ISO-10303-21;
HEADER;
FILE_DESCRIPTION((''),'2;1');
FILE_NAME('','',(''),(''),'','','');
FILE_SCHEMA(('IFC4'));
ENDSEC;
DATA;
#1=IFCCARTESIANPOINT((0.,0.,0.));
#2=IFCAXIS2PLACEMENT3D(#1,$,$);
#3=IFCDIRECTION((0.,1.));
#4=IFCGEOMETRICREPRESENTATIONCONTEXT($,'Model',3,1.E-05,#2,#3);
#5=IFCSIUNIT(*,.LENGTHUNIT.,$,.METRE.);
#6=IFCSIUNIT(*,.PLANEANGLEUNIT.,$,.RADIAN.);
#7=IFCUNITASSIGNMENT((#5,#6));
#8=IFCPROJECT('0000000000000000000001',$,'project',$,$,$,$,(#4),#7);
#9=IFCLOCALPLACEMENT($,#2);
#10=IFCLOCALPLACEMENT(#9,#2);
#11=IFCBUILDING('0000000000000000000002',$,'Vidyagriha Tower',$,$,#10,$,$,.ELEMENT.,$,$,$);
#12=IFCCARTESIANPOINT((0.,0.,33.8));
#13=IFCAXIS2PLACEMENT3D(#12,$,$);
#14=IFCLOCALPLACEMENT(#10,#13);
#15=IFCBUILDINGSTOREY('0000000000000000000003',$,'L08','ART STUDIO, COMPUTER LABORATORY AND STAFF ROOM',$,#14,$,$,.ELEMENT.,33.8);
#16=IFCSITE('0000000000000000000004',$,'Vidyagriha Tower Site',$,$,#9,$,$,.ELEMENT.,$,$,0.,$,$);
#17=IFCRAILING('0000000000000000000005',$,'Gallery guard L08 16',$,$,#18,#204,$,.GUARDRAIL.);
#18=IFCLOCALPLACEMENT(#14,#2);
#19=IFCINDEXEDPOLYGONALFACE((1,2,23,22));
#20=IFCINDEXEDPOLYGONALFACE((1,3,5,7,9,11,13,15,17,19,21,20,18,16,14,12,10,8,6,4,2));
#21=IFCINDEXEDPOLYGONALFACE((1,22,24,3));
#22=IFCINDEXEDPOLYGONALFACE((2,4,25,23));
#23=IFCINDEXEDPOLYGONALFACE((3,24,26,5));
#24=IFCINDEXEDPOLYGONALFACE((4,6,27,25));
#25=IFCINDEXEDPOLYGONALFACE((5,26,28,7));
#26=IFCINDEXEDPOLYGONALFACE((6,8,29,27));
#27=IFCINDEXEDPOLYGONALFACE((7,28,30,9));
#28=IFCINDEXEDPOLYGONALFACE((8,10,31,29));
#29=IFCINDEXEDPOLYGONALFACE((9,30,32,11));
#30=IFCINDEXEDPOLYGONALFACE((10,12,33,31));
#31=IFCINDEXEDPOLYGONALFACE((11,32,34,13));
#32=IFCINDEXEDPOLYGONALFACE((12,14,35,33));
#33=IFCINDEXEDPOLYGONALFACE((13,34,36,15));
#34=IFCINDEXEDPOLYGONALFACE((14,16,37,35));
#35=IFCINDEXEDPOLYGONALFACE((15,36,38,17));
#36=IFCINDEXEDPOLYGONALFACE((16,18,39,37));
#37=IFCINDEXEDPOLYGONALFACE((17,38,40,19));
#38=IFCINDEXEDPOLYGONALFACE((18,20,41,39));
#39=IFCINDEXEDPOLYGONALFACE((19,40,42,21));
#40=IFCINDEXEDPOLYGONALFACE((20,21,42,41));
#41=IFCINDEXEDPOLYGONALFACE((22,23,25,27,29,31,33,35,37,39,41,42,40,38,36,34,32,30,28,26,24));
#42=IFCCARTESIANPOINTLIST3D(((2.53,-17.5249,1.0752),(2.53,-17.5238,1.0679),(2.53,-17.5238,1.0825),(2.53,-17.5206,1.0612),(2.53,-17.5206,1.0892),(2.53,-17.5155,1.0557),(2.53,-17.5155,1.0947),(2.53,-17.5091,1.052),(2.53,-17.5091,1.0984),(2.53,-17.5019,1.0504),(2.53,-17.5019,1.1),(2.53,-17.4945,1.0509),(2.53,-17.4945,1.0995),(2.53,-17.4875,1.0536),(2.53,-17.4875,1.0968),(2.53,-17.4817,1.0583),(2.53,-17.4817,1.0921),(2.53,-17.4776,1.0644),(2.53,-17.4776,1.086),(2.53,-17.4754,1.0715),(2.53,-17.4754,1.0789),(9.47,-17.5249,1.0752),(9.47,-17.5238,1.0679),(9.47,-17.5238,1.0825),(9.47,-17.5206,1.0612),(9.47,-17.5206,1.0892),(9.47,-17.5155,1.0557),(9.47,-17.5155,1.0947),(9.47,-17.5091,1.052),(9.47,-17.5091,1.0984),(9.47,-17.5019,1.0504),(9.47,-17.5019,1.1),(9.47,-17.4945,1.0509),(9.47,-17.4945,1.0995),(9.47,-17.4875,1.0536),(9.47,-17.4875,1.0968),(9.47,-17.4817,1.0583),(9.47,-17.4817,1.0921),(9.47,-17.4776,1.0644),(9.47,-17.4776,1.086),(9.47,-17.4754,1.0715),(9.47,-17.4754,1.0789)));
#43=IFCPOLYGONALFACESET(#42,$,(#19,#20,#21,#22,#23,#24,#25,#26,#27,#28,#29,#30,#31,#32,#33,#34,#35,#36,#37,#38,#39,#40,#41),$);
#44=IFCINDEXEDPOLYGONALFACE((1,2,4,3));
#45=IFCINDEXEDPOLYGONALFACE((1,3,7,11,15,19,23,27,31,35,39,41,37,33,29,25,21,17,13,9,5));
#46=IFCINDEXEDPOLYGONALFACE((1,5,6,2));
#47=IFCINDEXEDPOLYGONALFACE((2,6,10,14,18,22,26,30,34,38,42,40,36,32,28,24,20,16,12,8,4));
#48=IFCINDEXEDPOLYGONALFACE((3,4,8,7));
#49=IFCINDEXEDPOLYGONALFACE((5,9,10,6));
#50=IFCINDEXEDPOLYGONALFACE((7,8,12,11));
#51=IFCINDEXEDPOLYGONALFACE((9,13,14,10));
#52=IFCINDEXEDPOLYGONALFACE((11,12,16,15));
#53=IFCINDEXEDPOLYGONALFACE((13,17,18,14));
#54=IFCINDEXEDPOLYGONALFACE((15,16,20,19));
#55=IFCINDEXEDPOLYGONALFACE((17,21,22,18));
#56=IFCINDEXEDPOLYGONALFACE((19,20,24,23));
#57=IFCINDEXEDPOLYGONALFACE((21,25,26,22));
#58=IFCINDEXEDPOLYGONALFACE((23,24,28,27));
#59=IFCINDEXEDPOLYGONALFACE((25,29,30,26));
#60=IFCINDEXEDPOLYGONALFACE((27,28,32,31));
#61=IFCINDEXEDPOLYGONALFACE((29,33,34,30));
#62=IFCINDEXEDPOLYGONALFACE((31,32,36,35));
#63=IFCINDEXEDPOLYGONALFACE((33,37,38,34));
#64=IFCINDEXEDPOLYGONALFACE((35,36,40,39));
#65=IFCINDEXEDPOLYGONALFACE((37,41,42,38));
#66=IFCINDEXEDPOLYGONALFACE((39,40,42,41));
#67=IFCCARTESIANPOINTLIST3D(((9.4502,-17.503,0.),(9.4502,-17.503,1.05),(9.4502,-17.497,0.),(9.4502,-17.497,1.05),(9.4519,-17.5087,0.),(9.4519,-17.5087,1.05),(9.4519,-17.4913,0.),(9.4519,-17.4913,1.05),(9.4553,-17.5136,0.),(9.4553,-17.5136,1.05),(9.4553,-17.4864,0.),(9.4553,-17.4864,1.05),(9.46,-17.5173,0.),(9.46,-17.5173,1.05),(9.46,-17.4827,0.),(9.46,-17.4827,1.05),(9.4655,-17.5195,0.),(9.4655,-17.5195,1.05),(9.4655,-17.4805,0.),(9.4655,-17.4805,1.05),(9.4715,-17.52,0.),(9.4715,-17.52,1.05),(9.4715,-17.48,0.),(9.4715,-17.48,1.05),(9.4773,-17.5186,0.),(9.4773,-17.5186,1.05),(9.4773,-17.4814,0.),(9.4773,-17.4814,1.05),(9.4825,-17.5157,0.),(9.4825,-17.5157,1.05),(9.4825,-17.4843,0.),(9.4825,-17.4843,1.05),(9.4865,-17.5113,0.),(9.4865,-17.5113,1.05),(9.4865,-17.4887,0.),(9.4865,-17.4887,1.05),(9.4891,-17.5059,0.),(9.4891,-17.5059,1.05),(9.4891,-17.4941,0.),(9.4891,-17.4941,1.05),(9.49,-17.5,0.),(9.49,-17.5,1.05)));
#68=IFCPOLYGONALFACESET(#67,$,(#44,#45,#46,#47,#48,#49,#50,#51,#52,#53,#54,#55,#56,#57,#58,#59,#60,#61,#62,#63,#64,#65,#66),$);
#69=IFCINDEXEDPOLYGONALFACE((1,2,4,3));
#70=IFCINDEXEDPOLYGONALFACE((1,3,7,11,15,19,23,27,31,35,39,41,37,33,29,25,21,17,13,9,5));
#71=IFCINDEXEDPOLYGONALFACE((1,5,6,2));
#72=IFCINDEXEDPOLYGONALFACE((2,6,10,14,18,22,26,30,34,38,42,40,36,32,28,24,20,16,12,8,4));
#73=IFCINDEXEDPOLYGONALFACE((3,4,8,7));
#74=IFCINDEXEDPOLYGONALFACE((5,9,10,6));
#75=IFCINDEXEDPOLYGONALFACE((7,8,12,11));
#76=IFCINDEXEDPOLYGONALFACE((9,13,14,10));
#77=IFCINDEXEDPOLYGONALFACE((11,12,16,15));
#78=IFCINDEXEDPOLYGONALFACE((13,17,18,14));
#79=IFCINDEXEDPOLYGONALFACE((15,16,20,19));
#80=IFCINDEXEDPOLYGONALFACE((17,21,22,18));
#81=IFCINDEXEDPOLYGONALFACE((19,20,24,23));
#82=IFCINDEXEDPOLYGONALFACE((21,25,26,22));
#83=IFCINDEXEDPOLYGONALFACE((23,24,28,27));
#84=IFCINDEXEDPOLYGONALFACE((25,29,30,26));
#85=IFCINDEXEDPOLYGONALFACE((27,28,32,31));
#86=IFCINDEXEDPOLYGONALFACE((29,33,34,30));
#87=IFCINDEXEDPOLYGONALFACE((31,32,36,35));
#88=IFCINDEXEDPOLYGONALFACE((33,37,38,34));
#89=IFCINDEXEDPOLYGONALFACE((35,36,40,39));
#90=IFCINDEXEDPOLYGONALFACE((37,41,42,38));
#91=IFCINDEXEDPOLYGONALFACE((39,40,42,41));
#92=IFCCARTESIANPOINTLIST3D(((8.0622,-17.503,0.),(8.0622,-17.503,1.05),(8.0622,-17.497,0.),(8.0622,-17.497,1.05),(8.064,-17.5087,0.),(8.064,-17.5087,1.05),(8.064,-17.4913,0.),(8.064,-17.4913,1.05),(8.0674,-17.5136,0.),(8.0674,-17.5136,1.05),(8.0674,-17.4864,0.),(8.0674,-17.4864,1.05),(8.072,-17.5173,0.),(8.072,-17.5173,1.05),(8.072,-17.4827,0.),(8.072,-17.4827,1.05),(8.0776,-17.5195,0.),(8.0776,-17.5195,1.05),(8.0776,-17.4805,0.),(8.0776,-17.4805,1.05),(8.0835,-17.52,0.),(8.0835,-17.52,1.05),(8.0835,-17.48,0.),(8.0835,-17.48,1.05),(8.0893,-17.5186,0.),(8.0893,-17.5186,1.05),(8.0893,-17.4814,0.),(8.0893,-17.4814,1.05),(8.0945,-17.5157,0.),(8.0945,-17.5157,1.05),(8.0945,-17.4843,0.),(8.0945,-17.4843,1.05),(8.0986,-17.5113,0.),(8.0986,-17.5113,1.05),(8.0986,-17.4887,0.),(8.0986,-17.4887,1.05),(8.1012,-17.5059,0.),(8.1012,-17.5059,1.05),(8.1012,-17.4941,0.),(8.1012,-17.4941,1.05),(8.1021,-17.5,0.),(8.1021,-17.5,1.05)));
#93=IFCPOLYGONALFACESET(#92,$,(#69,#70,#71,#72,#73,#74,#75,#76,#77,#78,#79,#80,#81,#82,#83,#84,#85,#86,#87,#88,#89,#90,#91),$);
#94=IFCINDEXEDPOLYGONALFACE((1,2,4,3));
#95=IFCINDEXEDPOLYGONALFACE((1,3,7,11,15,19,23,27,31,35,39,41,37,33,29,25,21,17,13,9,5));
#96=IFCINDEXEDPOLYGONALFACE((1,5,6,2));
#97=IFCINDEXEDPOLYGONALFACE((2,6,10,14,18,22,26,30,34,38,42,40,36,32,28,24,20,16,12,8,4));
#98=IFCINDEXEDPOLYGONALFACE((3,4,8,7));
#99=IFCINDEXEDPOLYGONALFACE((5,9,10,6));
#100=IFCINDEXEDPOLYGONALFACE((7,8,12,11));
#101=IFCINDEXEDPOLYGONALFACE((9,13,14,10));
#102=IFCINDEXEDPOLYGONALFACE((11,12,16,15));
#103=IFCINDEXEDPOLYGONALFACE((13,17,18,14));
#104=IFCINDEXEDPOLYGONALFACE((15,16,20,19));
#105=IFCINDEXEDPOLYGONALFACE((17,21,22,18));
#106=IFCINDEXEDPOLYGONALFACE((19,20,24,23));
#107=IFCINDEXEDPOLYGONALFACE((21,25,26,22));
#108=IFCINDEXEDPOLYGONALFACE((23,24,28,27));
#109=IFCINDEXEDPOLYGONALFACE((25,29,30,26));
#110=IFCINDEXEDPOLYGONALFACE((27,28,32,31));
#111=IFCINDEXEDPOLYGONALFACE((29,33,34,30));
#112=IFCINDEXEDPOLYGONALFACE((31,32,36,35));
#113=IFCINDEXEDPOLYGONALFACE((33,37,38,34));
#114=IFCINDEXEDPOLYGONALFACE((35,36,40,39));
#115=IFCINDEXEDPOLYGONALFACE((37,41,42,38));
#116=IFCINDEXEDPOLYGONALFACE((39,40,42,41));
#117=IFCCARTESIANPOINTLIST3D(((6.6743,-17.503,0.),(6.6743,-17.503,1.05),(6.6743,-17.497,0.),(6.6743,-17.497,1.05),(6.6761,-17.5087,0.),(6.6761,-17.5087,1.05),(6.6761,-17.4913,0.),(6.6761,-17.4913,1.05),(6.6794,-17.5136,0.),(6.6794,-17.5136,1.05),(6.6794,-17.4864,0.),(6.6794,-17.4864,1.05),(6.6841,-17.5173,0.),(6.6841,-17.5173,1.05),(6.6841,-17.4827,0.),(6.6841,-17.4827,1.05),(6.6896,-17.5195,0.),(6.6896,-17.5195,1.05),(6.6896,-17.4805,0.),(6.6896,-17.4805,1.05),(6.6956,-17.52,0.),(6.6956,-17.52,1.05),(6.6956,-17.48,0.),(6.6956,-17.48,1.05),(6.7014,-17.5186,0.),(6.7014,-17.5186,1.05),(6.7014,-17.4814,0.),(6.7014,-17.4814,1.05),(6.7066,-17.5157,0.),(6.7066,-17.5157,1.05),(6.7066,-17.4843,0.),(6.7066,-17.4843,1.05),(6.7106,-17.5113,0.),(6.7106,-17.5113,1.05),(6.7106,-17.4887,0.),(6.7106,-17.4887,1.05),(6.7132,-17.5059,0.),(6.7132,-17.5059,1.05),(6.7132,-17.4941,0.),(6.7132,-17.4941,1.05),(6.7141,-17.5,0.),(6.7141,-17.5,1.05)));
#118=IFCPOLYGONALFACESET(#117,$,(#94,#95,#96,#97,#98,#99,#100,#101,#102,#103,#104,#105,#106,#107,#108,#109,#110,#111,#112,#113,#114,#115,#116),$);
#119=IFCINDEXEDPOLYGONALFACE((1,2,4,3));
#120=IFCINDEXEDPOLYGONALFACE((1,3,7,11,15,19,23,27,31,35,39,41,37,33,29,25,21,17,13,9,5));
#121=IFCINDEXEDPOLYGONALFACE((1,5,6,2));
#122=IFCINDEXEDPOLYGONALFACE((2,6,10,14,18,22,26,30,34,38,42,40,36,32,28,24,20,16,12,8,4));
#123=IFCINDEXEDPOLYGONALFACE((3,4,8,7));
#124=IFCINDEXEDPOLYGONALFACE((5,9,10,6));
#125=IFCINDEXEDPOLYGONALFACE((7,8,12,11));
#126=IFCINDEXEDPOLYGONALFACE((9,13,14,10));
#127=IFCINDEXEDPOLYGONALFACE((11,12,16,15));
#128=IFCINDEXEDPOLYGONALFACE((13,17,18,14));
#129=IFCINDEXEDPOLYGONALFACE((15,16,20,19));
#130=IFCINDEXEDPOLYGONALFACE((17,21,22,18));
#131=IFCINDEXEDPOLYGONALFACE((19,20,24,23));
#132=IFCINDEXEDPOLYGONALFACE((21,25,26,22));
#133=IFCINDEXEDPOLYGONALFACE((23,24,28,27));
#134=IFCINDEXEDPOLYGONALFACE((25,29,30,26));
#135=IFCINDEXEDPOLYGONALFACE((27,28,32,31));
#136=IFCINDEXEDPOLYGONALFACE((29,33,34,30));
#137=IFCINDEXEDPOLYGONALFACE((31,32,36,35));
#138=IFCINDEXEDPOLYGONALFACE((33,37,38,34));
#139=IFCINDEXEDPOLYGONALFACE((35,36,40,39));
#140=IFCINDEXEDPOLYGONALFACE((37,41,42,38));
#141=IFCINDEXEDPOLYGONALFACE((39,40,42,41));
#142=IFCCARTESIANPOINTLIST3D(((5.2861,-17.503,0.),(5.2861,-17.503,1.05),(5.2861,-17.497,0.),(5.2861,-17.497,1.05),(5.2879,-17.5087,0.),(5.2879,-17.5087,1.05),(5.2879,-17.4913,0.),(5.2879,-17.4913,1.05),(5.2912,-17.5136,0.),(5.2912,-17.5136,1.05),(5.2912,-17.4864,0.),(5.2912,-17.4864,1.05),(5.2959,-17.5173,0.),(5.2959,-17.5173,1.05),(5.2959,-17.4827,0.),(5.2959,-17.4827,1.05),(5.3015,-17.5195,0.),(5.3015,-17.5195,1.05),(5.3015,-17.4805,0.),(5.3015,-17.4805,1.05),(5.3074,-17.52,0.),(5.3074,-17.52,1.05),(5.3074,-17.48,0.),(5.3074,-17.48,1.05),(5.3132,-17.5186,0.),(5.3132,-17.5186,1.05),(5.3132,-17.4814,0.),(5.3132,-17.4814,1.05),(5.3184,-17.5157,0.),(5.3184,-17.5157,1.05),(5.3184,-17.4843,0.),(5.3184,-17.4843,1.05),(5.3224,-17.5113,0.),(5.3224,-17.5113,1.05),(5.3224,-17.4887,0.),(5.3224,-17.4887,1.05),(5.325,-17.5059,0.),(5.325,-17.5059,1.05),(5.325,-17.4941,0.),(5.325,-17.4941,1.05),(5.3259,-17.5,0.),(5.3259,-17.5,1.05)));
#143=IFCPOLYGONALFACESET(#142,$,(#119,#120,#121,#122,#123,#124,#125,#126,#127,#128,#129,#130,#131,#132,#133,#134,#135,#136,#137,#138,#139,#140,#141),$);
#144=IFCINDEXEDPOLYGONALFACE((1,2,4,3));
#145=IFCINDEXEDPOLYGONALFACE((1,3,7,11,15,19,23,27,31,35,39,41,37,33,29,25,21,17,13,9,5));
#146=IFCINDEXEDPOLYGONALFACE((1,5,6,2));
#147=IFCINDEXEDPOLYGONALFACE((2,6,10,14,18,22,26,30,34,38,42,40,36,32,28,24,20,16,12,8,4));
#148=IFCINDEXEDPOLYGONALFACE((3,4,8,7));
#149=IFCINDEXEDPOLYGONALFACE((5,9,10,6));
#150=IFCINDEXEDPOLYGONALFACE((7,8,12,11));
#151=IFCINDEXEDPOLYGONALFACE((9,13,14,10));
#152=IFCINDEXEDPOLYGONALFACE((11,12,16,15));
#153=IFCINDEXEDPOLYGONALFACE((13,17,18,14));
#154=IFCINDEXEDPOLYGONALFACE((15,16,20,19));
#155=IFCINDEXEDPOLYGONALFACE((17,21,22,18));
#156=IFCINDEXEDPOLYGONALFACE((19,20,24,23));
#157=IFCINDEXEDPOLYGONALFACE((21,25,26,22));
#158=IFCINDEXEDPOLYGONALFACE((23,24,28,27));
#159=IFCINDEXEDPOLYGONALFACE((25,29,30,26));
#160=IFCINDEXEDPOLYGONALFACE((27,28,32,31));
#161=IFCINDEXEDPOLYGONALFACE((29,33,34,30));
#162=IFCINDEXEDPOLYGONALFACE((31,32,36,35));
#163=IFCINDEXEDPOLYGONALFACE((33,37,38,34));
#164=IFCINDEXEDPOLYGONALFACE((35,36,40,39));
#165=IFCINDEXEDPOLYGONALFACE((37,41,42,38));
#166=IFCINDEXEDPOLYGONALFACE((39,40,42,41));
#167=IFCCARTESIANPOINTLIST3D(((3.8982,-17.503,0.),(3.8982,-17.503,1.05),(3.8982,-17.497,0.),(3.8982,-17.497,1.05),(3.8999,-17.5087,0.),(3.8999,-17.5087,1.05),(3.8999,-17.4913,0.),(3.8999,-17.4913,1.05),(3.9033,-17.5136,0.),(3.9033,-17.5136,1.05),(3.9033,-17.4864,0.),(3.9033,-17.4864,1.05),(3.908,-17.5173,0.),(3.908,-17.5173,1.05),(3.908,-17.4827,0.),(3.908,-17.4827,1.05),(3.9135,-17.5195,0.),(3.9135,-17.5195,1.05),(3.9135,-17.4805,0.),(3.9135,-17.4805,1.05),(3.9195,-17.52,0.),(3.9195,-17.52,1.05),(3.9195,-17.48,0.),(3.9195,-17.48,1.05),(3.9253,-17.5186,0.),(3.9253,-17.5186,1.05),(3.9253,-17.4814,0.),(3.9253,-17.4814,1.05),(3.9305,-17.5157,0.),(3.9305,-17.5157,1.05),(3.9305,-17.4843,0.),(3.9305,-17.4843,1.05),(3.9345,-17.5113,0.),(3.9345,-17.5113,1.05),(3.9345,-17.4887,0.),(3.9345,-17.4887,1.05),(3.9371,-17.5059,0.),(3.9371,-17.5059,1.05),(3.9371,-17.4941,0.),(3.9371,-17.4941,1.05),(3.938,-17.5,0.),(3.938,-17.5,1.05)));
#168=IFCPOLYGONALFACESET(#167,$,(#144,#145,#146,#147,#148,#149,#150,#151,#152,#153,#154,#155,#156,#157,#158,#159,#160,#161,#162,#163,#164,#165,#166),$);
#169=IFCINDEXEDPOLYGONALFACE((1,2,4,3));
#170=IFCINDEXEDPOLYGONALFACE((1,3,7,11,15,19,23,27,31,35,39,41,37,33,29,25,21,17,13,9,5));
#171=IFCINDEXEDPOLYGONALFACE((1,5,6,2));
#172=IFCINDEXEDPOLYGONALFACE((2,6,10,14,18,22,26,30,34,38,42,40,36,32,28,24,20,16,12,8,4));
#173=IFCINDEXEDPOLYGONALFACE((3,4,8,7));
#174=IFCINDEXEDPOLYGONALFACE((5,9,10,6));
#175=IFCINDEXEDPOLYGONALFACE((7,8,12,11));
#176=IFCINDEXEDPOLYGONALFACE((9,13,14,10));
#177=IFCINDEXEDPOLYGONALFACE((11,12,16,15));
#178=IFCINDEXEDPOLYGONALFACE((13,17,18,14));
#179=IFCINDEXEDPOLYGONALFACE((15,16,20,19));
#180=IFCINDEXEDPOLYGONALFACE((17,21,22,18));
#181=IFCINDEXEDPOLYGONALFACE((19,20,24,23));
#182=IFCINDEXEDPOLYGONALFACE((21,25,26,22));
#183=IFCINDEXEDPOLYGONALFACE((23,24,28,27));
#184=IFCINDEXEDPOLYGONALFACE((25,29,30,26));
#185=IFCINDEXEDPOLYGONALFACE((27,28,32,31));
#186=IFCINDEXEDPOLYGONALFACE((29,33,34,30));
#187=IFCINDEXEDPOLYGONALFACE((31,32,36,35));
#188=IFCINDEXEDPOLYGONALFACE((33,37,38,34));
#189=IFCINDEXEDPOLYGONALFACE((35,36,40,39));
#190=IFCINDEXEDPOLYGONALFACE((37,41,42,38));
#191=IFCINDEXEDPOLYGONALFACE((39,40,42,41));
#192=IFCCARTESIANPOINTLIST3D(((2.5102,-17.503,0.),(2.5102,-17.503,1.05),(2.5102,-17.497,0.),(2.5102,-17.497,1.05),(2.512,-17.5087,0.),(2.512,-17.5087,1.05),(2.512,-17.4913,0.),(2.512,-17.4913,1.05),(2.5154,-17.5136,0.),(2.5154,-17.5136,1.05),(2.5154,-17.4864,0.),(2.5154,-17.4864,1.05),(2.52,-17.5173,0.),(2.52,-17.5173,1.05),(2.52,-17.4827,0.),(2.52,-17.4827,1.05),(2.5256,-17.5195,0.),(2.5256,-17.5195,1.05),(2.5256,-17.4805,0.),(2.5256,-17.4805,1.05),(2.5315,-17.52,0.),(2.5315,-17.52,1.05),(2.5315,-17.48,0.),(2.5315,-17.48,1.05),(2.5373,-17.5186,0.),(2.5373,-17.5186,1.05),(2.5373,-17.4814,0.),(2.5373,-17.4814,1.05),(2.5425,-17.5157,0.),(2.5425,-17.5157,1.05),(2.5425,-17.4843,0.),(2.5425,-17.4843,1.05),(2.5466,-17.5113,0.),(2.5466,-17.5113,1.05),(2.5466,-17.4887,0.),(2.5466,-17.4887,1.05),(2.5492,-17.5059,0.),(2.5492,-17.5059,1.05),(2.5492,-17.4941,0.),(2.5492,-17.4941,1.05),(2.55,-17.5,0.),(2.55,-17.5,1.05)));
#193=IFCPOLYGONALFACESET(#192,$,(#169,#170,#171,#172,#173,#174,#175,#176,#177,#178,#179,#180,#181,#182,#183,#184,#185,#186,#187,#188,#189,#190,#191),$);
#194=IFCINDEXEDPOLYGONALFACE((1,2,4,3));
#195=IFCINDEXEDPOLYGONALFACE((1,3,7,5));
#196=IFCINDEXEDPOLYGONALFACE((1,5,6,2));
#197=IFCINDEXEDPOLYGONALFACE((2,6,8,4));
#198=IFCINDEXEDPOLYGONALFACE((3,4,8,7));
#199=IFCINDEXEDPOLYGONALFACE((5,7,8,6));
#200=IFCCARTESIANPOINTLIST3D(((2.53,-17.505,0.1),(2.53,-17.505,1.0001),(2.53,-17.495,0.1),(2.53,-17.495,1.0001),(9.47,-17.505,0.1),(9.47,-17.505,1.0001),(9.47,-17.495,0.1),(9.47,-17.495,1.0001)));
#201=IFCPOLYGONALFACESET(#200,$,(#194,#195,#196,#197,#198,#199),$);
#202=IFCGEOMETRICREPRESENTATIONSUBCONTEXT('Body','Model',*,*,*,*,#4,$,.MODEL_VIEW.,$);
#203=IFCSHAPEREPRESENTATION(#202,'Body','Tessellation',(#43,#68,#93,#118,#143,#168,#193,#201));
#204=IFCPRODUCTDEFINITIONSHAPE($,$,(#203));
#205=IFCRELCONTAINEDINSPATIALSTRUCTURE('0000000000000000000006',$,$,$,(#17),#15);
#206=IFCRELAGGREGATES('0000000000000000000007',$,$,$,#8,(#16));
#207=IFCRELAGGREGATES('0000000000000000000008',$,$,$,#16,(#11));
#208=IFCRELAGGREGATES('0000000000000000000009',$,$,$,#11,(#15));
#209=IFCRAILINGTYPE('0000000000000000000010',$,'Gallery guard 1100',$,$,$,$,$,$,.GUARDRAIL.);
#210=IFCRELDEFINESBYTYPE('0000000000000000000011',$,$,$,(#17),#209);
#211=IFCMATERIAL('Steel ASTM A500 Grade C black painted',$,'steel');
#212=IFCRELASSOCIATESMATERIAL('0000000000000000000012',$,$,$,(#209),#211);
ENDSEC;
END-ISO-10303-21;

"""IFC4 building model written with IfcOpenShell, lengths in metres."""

from ifc_helpers import new_model, si_unit, direction, frame, origin, origin_2d, place, context, subcontext, project, spatial, rectangle, circle, extrude, material, type_object, element, save


model = new_model("IFC4")

# Units and contexts
model_context = context("Model", 3, precision=1e-05, world=origin(), true_north=direction((0.0, 1.0)))
body_context = subcontext(model_context, "Body", "Model", "MODEL_VIEW")
ifc_project = project(units=[si_unit("LENGTHUNIT", "METRE"), si_unit("PLANEANGLEUNIT", "RADIAN")], contexts=[model_context])

# Site, building, storey
site_placement = place(None, origin())
site = spatial("IfcSite", under=ifc_project, at=site_placement, Name="Vidyagriha Tower Site", CompositionType="ELEMENT", RefElevation=0.0)
building_placement = place(site_placement, origin())
building = spatial("IfcBuilding", under=site, at=building_placement, Name="Vidyagriha Tower", CompositionType="ELEMENT")
storey_placement = place(building_placement, frame((0.0, 0.0, 33.8)))
storey = spatial("IfcBuildingStorey", under=building, at=storey_placement, Name="L08", Description="ART STUDIO, COMPUTER LABORATORY AND STAFF ROOM", CompositionType="ELEMENT", Elevation=33.8)

# Railing
ifc_material_1 = material(Name="Steel ASTM A500 Grade C black painted", Category="steel")
railing_type = type_object("IfcRailingType", Name="Gallery guard 1100", PredefinedType="GUARDRAIL", material=ifc_material_1)
for number, where, name in (
    (1, (9.47, -17.5, 0.0), "Gallery guard L08 16"),
):
    element("IfcRailing", number, at=place(storey_placement, frame(where)), inside=storey, type_object=railing_type, Name=name, PredefinedType="GUARDRAIL", context=body_context, shape_type="SweptSolid", body=[
        extrude(circle(Radius=0.0249, at=origin_2d()), frame((0.0, 0.0, 1.0752), z_axis=(-1.0, 0.0, 0.0), x_axis=(0.0, -1.0, 0.0)), (0.0, 0.0, 1.0), 6.9399),
        extrude(circle(Radius=0.02, at=origin_2d()), origin(), (0.0, 0.0, 1.0), 1.05),
        extrude(circle(Radius=0.02, at=origin_2d()), frame((-1.3879, 0.0, 0.0)), (0.0, 0.0, 1.0), 1.05),
        extrude(circle(Radius=0.02, at=origin_2d()), frame((-2.7759, 0.0, 0.0)), (0.0, 0.0, 1.0), 1.05),
        extrude(circle(Radius=0.02, at=origin_2d()), frame((-4.1641, 0.0, 0.0)), (0.0, 0.0, 1.0), 1.05),
        extrude(circle(Radius=0.02, at=origin_2d()), frame((-5.552, 0.0, 0.0)), (0.0, 0.0, 1.0), 1.05),
        extrude(circle(Radius=0.02, at=origin_2d()), frame((-6.9399, 0.0, 0.0)), (0.0, 0.0, 1.0), 1.05),
        extrude(rectangle(XDim=0.01, YDim=0.9001, at=origin_2d()), frame((0.0, 0.0, 0.55), z_axis=(-1.0, 0.0, 0.0), x_axis=(0.0, -1.0, 0.0)), (0.0, 0.0, 1.0), 6.9399),
    ])

save(model, "model.ifc")
